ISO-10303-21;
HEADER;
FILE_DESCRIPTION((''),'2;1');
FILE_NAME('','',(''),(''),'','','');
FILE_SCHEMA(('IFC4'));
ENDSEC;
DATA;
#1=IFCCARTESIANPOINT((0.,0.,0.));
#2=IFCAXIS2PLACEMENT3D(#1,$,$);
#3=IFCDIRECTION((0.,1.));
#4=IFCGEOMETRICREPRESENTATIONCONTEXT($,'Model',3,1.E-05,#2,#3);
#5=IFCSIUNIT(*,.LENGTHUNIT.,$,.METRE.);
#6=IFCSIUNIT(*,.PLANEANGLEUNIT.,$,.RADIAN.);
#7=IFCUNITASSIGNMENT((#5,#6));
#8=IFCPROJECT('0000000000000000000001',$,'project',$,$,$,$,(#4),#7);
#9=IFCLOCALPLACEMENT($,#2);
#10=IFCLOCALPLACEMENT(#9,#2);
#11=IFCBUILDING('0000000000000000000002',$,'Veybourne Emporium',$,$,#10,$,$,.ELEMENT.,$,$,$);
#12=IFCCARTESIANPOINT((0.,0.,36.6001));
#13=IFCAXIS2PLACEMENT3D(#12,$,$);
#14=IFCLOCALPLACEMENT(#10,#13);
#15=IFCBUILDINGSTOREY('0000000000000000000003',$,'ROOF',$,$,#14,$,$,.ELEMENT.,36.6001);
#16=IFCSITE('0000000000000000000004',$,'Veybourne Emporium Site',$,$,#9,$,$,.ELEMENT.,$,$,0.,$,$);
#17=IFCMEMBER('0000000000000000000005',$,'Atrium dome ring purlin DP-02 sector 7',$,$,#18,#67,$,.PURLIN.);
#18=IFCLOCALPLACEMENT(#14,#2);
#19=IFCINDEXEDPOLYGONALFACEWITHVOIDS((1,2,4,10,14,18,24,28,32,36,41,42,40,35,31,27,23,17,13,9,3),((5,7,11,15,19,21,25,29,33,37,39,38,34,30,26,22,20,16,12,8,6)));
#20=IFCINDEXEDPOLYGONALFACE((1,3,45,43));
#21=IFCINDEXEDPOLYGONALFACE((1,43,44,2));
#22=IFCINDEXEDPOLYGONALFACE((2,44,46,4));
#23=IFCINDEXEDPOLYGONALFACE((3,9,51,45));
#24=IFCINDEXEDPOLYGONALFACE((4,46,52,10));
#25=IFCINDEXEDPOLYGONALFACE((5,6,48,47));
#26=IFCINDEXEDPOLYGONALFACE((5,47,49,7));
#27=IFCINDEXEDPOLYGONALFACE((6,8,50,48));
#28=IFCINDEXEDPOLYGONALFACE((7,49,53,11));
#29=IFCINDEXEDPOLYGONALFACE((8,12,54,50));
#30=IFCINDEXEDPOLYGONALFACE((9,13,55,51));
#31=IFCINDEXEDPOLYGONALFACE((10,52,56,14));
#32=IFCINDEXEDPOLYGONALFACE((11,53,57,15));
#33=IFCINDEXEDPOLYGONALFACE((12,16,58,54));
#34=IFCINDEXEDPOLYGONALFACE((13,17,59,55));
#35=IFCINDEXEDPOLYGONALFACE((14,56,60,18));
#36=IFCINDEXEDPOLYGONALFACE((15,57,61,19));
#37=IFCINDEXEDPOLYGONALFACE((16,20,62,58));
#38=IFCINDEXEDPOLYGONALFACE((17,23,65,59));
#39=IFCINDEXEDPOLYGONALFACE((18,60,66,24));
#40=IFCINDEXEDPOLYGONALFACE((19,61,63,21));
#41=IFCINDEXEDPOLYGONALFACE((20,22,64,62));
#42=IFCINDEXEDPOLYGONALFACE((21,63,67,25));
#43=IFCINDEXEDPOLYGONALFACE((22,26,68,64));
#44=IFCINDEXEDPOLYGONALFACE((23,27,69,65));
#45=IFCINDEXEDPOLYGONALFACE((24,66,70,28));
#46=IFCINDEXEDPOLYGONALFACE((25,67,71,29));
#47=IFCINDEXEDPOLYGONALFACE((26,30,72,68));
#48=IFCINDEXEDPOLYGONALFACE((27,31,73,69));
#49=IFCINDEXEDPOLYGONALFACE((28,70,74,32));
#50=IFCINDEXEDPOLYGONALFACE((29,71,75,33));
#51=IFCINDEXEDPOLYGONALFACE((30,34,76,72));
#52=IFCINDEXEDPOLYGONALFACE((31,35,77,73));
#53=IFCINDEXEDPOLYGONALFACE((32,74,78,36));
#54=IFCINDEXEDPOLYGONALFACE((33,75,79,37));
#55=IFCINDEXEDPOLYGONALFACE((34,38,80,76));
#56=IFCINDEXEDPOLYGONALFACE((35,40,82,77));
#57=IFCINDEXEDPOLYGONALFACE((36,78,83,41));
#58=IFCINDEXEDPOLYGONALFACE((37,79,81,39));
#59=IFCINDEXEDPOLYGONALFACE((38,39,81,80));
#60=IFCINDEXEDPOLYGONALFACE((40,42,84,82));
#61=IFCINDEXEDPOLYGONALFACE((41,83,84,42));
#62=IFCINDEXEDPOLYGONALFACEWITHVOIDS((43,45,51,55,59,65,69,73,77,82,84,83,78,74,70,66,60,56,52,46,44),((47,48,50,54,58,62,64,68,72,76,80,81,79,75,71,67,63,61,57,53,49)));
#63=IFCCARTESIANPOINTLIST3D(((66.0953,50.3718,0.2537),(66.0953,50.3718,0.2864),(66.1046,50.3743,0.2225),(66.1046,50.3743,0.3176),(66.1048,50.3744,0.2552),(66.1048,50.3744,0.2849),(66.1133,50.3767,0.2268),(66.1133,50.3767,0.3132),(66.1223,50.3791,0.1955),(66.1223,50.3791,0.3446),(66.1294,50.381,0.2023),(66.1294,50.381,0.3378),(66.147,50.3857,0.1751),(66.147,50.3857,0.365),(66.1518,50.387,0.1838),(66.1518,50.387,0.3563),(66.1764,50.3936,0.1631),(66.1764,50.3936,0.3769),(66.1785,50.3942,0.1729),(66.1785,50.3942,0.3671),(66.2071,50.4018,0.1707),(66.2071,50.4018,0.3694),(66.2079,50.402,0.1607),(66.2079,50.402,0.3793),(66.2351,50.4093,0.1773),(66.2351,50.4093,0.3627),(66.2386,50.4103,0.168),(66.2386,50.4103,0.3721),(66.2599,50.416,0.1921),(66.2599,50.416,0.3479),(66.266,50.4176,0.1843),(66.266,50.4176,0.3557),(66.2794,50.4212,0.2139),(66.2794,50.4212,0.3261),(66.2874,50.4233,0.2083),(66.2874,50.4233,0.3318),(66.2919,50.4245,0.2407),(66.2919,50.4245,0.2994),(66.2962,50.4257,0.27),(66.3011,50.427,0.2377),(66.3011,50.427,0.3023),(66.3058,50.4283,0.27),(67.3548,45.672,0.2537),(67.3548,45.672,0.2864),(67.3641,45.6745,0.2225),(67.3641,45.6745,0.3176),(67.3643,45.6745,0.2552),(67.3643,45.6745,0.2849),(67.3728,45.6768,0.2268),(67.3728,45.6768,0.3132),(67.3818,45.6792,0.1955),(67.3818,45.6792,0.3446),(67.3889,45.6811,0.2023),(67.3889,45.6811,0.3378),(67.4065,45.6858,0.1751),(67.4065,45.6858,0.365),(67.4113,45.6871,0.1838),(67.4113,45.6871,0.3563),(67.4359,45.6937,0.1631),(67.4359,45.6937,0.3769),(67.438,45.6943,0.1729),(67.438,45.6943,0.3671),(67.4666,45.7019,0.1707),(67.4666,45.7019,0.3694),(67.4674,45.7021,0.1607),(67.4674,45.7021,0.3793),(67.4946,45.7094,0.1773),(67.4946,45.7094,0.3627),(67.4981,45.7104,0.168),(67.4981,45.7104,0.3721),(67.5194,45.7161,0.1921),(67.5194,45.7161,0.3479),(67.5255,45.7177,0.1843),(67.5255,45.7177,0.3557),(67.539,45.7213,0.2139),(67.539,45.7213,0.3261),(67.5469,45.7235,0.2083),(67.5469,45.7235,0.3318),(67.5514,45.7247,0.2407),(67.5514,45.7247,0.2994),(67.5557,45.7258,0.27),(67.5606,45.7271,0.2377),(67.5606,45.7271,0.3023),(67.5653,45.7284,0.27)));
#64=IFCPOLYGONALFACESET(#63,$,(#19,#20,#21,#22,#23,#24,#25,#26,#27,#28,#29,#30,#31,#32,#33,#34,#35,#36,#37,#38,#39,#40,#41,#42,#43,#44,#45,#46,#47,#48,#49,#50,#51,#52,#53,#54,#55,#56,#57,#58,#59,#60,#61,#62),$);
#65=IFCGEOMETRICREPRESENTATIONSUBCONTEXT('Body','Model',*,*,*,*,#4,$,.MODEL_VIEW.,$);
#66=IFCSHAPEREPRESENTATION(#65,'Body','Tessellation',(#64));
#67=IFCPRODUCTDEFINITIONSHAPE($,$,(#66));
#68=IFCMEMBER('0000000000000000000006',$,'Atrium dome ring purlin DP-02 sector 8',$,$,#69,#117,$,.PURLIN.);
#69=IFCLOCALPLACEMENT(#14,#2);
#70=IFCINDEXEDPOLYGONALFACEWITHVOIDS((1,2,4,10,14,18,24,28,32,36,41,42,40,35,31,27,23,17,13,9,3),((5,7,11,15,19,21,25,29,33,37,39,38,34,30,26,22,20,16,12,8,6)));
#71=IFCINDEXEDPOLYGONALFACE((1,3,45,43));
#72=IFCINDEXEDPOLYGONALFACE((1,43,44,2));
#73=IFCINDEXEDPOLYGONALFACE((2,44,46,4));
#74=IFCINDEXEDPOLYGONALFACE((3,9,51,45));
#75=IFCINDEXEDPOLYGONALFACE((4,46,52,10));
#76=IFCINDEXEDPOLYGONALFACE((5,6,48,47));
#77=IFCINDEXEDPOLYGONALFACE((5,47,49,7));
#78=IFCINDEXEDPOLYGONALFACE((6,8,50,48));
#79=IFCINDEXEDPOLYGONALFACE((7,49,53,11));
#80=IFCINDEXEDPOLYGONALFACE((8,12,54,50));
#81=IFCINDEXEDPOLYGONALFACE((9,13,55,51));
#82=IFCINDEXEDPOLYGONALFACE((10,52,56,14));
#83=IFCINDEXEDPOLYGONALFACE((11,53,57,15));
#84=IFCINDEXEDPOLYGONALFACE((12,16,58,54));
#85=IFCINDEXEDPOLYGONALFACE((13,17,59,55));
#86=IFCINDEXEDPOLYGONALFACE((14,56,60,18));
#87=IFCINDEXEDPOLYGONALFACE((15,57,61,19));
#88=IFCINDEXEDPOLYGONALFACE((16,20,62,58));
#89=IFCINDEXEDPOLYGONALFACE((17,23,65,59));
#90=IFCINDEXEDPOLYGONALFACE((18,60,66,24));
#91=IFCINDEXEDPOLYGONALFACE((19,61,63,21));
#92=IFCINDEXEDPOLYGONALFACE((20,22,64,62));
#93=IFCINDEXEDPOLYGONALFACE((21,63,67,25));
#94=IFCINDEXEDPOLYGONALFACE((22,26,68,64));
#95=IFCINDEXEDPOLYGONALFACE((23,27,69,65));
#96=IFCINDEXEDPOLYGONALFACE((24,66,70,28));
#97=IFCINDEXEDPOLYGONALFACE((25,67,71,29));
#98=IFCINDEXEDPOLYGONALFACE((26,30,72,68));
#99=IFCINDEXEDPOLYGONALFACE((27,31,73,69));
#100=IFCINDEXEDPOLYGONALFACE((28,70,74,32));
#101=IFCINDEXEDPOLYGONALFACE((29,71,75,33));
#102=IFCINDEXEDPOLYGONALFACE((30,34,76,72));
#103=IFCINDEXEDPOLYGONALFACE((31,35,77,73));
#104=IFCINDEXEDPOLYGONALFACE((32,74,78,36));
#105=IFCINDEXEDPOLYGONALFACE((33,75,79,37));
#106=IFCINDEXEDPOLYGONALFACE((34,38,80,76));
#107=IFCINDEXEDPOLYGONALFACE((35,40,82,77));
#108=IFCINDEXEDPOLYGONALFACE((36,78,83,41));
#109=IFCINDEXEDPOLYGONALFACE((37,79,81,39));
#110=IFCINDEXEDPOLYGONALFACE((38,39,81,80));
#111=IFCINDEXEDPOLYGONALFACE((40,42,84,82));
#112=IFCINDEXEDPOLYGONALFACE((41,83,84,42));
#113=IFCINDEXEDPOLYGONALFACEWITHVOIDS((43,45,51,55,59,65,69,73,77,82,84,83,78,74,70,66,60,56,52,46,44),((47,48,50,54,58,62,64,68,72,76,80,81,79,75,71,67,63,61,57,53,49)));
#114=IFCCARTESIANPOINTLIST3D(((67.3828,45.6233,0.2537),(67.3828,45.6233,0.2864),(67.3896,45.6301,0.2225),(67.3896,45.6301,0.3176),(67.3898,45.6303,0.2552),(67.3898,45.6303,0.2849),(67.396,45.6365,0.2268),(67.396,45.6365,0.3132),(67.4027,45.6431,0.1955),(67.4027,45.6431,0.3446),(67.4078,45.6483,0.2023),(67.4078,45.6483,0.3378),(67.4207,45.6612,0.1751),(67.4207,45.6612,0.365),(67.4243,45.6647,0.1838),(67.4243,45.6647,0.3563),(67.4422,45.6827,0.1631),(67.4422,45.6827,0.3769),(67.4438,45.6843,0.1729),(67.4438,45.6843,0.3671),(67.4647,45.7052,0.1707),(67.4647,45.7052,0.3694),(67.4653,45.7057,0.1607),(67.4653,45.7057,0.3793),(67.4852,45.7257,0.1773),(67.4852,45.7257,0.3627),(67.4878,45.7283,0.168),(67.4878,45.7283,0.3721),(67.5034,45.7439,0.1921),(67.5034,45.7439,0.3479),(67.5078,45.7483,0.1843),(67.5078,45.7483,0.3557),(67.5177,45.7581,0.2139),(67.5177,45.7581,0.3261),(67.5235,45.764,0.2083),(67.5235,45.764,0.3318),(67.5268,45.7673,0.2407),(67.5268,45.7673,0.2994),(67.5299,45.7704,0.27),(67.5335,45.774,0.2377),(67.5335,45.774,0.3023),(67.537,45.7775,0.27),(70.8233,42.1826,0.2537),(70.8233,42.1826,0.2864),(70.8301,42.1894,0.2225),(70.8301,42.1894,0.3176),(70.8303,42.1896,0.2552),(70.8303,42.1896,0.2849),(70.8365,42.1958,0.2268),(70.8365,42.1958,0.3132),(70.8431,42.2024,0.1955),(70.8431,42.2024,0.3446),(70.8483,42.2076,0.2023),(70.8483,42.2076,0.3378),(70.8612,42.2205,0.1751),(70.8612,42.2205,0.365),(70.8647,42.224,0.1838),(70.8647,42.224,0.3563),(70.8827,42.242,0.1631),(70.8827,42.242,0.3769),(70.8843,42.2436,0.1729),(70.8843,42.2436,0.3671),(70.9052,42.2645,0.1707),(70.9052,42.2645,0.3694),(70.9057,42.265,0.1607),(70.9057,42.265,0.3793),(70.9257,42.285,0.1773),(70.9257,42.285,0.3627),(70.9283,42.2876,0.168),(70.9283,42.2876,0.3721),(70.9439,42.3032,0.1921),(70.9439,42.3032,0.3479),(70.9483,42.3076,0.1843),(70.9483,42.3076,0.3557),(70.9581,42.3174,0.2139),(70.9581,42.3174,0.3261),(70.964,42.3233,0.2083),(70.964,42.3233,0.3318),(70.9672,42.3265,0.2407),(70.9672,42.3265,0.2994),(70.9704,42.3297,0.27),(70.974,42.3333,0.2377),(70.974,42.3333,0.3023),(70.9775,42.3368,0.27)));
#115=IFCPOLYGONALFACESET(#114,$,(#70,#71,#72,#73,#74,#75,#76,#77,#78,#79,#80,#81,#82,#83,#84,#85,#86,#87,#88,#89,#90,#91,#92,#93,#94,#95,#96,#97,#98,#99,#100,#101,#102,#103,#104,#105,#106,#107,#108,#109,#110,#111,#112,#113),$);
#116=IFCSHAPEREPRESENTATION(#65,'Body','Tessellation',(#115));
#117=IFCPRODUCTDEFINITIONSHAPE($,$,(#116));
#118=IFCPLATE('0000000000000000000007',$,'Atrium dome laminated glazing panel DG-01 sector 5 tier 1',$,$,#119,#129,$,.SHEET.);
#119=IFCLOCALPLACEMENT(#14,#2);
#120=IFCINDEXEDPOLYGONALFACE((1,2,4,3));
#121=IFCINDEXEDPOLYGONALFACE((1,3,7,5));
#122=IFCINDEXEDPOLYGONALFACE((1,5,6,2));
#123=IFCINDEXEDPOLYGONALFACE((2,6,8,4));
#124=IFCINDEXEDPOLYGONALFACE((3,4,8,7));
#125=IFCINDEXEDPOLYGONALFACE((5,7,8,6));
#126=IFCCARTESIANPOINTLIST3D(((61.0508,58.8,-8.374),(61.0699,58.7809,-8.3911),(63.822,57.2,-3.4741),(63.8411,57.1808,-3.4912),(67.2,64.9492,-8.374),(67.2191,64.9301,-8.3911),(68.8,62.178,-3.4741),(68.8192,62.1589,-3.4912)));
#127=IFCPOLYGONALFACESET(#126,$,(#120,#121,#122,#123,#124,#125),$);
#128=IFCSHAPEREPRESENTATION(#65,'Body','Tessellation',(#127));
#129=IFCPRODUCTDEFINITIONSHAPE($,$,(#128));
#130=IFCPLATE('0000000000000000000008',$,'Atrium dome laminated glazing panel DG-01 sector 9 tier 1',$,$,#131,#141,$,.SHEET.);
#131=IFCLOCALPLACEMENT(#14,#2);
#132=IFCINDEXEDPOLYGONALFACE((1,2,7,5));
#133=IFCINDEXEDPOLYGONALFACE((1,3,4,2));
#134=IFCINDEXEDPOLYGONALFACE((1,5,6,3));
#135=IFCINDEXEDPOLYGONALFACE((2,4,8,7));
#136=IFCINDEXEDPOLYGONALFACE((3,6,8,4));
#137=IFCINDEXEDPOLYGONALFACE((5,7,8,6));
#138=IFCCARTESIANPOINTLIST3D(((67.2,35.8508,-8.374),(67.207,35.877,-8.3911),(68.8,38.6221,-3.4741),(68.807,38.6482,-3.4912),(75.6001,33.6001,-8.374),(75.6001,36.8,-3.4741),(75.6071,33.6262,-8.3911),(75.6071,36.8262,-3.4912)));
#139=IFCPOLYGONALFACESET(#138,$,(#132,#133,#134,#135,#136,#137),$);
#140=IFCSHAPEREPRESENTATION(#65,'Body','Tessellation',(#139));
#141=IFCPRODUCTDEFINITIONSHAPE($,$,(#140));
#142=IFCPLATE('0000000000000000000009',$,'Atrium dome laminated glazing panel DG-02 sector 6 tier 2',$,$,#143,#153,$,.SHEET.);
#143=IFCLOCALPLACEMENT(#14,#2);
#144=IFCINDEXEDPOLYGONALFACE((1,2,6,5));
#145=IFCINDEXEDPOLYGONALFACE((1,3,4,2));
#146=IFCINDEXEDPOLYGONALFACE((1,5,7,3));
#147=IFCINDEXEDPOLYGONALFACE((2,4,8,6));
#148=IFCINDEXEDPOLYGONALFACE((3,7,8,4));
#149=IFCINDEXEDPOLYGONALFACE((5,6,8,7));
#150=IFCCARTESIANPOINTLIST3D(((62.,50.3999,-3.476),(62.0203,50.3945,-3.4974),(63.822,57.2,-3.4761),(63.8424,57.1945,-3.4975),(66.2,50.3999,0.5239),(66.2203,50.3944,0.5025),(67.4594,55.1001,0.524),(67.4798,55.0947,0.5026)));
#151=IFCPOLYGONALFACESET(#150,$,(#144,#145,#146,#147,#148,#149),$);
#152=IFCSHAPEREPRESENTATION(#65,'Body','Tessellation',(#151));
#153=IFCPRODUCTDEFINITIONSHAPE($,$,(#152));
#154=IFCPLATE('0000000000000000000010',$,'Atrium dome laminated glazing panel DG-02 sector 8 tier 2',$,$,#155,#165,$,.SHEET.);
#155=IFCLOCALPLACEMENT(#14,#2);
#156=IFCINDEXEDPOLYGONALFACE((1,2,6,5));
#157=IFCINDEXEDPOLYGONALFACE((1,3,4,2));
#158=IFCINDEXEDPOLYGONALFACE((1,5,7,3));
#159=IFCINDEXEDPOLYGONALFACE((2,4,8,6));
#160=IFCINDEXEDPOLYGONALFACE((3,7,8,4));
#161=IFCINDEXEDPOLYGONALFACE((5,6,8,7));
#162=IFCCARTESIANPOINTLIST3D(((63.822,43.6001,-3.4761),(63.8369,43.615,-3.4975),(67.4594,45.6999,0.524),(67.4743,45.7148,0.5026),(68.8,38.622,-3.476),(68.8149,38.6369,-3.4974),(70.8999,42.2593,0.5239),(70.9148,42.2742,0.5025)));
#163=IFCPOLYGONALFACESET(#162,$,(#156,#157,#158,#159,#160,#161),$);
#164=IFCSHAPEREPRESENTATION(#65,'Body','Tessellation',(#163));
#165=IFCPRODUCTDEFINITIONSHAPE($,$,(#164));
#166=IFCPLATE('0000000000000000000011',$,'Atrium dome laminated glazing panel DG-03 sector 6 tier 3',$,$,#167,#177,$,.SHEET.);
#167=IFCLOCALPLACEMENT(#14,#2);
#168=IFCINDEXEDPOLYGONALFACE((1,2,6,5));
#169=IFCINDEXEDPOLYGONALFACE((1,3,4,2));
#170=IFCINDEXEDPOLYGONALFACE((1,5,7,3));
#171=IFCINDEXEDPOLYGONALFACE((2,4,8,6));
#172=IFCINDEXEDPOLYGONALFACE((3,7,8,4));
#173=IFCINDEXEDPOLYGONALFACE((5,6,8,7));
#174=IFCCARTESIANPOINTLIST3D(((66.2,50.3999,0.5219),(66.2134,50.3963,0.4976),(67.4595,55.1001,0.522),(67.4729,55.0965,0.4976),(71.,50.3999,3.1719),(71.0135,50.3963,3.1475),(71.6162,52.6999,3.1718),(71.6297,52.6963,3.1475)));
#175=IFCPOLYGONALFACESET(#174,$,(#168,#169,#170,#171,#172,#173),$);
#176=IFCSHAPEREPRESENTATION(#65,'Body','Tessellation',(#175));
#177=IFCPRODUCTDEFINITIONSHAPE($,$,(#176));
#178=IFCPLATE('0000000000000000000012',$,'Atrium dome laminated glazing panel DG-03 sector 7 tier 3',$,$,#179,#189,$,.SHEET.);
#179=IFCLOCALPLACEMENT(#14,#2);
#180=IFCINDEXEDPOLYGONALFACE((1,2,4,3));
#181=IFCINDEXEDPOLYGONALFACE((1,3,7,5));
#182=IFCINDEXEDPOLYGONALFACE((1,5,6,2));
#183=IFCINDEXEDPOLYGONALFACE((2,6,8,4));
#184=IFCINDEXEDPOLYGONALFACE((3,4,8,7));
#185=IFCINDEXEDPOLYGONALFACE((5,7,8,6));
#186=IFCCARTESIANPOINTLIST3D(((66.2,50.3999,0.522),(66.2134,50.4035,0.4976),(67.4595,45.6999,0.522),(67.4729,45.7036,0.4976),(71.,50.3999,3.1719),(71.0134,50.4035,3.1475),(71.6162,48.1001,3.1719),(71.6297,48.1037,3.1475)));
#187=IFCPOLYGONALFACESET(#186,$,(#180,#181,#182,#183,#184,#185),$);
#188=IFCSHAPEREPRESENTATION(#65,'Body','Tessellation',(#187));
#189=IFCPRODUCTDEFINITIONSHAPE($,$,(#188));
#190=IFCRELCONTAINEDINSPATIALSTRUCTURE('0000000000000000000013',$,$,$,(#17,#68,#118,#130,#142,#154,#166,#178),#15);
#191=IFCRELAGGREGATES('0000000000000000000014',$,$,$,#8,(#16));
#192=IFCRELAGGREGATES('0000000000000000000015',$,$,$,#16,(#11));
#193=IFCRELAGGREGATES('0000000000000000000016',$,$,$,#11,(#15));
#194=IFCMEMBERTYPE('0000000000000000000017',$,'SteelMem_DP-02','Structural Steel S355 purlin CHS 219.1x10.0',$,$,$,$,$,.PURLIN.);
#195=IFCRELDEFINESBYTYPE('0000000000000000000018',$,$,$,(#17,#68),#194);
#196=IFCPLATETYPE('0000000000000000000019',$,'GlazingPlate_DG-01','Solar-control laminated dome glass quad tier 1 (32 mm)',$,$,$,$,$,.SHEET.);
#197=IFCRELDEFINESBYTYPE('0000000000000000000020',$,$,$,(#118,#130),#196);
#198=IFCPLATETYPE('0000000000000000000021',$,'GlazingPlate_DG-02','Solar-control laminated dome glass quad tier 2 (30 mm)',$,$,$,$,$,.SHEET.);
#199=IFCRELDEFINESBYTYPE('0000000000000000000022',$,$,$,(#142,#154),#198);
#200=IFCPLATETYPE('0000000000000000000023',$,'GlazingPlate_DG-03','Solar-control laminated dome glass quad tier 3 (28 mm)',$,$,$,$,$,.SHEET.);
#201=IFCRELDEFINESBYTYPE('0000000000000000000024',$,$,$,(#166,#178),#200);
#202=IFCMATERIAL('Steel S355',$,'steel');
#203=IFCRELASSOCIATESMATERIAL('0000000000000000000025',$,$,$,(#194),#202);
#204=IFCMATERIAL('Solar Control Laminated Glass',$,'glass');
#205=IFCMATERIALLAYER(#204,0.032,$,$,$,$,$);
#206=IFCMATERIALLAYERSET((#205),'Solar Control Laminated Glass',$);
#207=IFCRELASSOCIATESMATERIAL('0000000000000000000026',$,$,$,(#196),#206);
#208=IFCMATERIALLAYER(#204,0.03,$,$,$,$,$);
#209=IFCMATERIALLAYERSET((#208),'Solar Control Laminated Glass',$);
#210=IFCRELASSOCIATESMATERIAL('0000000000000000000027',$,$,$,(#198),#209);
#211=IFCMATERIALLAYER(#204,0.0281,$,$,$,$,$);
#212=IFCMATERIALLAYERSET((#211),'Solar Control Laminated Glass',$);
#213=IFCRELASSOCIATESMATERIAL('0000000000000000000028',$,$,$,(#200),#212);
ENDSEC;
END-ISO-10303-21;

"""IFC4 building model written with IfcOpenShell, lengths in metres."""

from ifc_helpers import new_model, si_unit, direction, frame, origin, origin_2d, place, context, subcontext, project, spatial, polyline, hollow_circle, outline, extrude, material, layer, layer_set, material_profile, profile_set, type_object, element, save


model = new_model("IFC4")

# Units and contexts
model_context = context("Model", 3, precision=1e-05, world=origin(), true_north=direction((0.0, 1.0)))
body_context = subcontext(model_context, "Body", "Model", "MODEL_VIEW")
ifc_project = project(units=[si_unit("LENGTHUNIT", "METRE"), si_unit("PLANEANGLEUNIT", "RADIAN")], contexts=[model_context])

# Site, building, storey
site_placement = place(None, origin())
site = spatial("IfcSite", under=ifc_project, at=site_placement, Name="Veybourne Emporium Site", CompositionType="ELEMENT", RefElevation=0.0)
building_placement = place(site_placement, origin())
building = spatial("IfcBuilding", under=site, at=building_placement, Name="Veybourne Emporium", CompositionType="ELEMENT")
storey_placement = place(building_placement, frame((0.0, 0.0, 36.6001)))
storey = spatial("IfcBuildingStorey", under=building, at=storey_placement, Name="ROOF", CompositionType="ELEMENT", Elevation=36.6001)

# Shared definitions
ifc_material_1 = material(Name="Steel S355", Category="steel")

# Members
ifc_material_profile_1 = material_profile(ifc_material_1, hollow_circle(Radius=0.1096, WallThickness=0.01, at=origin_2d()), Name="CHS 219.1x10.0")
ifc_profile_set_1 = profile_set([ifc_material_profile_1], Name="Steel S355")
member_type_1 = type_object("IfcMemberType", Name="SteelMem_DP-02", Description="Structural Steel S355 purlin CHS 219.1x10.0", PredefinedType="PURLIN", material=ifc_profile_set_1)
for number, where, z_axis, x_axis, name in (
    (1, (66.2, 50.3999, 0.27), (0.258852, -0.965917, 0.0), (0.965917, 0.258852, 0.0), "Atrium dome ring purlin DP-02 sector 7"),
    (2, (67.4595, 45.7, 0.27), (0.707082, -0.707132, 0.0), (0.707132, 0.707082, 0.0), "Atrium dome ring purlin DP-02 sector 8"),
):
    element("IfcMember", number, at=place(storey_placement, frame(where, z_axis=z_axis, x_axis=x_axis)), inside=storey, type_object=member_type_1, Name=name, PredefinedType="PURLIN", context=body_context, shape_type="SweptSolid", body=[
        extrude(hollow_circle(Radius=0.1096, WallThickness=0.01, at=origin_2d()), origin(), (0.0, 0.0, 1.0), 4.8657),
    ])

# Plates
ifc_material_2 = material(Name="Solar Control Laminated Glass", Category="glass")
ifc_layer_1 = layer(ifc_material_2, 0.032)
ifc_layer_set_1 = layer_set([ifc_layer_1], Name="Solar Control Laminated Glass")
plate_type_1 = type_object("IfcPlateType", Name="GlazingPlate_DG-01", Description="Solar-control laminated dome glass quad tier 1 (32 mm)", PredefinedType="SHEET", material=ifc_layer_set_1)
plate_1_placement = place(storey_placement, frame((67.2, 64.9492, -8.374), z_axis=(-0.598053, 0.598053, 0.53354), x_axis=(-0.707107, -0.707107, 0.0)))
element("IfcPlate", 3, at=plate_1_placement, inside=storey, type_object=plate_type_1, Name="Atrium dome laminated glazing panel DG-01 sector 5 tier 1", PredefinedType="SHEET", context=body_context, shape_type="SweptSolid", body=[
    extrude(outline(polyline([(0.0, 0.0), (8.6962, 0.0), (7.8681, 5.7934), (0.8281, 5.7934), (0.0, 0.0)])), origin(), (0.0, 0.0, -1.0), 0.032),
])
plate_2_placement = place(storey_placement, frame((67.2, 35.8508, -8.374), z_axis=(-0.218898, -0.816963, 0.533531), x_axis=(0.965928, -0.258811, 0.000001)))
element("IfcPlate", 4, at=plate_2_placement, inside=storey, type_object=plate_type_1, Name="Atrium dome laminated glazing panel DG-01 sector 9 tier 1", PredefinedType="SHEET", context=body_context, shape_type="SweptSolid", body=[
    extrude(outline(polyline([(0.0, 0.0), (8.6965, 0.0), (7.8683, 5.7933), (0.8284, 5.7934), (0.0, 0.0)])), origin(), (0.0, 0.0, -1.0), 0.032),
])
ifc_layer_2 = layer(ifc_material_2, 0.03)
ifc_layer_set_2 = layer_set([ifc_layer_2], Name="Solar Control Laminated Glass")
plate_type_2 = type_object("IfcPlateType", Name="GlazingPlate_DG-02", Description="Solar-control laminated dome glass quad tier 2 (30 mm)", PredefinedType="SHEET", material=ifc_layer_set_2)
plate_3_placement = place(storey_placement, frame((63.822, 57.2, -3.4761), z_axis=(-0.67817, 0.181719, 0.712084), x_axis=(-0.258818, -0.965926, 0.000006)))
element("IfcPlate", 5, at=plate_3_placement, inside=storey, type_object=plate_type_2, Name="Atrium dome laminated glazing panel DG-02 sector 6 tier 2", PredefinedType="SHEET", context=body_context, shape_type="SweptSolid", body=[
    extrude(outline(polyline([(0.0, 0.0), (7.0399, 0.0), (5.9529, 5.6972), (1.0869, 5.6973), (0.0, 0.0)])), origin(), (0.0, 0.0, -1.0), 0.03),
])
plate_4_placement = place(storey_placement, frame((63.822, 43.6001, -3.4761), z_axis=(-0.49647, -0.496455, 0.712074), x_axis=(0.707102, -0.707112, 0.000007)))
element("IfcPlate", 6, at=plate_4_placement, inside=storey, type_object=plate_type_2, Name="Atrium dome laminated glazing panel DG-02 sector 8 tier 2", PredefinedType="SHEET", context=body_context, shape_type="SweptSolid", body=[
    extrude(outline(polyline([(0.0, 0.0), (7.04, 0.0), (5.9529, 5.6971), (1.0872, 5.6972), (0.0, 0.0)])), origin(), (0.0, 0.0, -1.0), 0.03),
])
ifc_layer_3 = layer(ifc_material_2, 0.0281)
ifc_layer_set_3 = layer_set([ifc_layer_3], Name="Solar Control Laminated Glass")
plate_type_3 = type_object("IfcPlateType", Name="GlazingPlate_DG-03", Description="Solar-control laminated dome glass quad tier 3 (28 mm)", PredefinedType="SHEET", material=ifc_layer_set_3)
plate_5_placement = place(storey_placement, frame((67.4595, 55.1001, 0.522), z_axis=(-0.479306, 0.128431, 0.8682), x_axis=(-0.258835, -0.965921, -0.000008)))
element("IfcPlate", 7, at=plate_5_placement, inside=storey, type_object=plate_type_3, Name="Atrium dome laminated glazing panel DG-03 sector 6 tier 3", PredefinedType="SHEET", context=body_context, shape_type="SweptSolid", body=[
    extrude(outline(polyline([(0.0, 0.0), (4.866, 0.0), (3.6236, 5.3403), (1.2424, 5.3402), (0.0, 0.0)])), origin(), (0.0, 0.0, -1.0), 0.0281),
])
plate_6_placement = place(storey_placement, frame((66.2, 50.3999, 0.522), z_axis=(-0.479303, -0.128439, 0.8682), x_axis=(0.258849, -0.965918, 0.000006)))
element("IfcPlate", 8, at=plate_6_placement, inside=storey, type_object=plate_type_3, Name="Atrium dome laminated glazing panel DG-03 sector 7 tier 3", PredefinedType="SHEET", context=body_context, shape_type="SweptSolid", body=[
    extrude(outline(polyline([(0.0, 0.0), (4.8658, 0.0), (3.6234, 5.3402), (1.2425, 5.3403), (0.0, 0.0)])), origin(), (0.0, 0.0, -1.0), 0.0281),
])

save(model, "model.ifc")
